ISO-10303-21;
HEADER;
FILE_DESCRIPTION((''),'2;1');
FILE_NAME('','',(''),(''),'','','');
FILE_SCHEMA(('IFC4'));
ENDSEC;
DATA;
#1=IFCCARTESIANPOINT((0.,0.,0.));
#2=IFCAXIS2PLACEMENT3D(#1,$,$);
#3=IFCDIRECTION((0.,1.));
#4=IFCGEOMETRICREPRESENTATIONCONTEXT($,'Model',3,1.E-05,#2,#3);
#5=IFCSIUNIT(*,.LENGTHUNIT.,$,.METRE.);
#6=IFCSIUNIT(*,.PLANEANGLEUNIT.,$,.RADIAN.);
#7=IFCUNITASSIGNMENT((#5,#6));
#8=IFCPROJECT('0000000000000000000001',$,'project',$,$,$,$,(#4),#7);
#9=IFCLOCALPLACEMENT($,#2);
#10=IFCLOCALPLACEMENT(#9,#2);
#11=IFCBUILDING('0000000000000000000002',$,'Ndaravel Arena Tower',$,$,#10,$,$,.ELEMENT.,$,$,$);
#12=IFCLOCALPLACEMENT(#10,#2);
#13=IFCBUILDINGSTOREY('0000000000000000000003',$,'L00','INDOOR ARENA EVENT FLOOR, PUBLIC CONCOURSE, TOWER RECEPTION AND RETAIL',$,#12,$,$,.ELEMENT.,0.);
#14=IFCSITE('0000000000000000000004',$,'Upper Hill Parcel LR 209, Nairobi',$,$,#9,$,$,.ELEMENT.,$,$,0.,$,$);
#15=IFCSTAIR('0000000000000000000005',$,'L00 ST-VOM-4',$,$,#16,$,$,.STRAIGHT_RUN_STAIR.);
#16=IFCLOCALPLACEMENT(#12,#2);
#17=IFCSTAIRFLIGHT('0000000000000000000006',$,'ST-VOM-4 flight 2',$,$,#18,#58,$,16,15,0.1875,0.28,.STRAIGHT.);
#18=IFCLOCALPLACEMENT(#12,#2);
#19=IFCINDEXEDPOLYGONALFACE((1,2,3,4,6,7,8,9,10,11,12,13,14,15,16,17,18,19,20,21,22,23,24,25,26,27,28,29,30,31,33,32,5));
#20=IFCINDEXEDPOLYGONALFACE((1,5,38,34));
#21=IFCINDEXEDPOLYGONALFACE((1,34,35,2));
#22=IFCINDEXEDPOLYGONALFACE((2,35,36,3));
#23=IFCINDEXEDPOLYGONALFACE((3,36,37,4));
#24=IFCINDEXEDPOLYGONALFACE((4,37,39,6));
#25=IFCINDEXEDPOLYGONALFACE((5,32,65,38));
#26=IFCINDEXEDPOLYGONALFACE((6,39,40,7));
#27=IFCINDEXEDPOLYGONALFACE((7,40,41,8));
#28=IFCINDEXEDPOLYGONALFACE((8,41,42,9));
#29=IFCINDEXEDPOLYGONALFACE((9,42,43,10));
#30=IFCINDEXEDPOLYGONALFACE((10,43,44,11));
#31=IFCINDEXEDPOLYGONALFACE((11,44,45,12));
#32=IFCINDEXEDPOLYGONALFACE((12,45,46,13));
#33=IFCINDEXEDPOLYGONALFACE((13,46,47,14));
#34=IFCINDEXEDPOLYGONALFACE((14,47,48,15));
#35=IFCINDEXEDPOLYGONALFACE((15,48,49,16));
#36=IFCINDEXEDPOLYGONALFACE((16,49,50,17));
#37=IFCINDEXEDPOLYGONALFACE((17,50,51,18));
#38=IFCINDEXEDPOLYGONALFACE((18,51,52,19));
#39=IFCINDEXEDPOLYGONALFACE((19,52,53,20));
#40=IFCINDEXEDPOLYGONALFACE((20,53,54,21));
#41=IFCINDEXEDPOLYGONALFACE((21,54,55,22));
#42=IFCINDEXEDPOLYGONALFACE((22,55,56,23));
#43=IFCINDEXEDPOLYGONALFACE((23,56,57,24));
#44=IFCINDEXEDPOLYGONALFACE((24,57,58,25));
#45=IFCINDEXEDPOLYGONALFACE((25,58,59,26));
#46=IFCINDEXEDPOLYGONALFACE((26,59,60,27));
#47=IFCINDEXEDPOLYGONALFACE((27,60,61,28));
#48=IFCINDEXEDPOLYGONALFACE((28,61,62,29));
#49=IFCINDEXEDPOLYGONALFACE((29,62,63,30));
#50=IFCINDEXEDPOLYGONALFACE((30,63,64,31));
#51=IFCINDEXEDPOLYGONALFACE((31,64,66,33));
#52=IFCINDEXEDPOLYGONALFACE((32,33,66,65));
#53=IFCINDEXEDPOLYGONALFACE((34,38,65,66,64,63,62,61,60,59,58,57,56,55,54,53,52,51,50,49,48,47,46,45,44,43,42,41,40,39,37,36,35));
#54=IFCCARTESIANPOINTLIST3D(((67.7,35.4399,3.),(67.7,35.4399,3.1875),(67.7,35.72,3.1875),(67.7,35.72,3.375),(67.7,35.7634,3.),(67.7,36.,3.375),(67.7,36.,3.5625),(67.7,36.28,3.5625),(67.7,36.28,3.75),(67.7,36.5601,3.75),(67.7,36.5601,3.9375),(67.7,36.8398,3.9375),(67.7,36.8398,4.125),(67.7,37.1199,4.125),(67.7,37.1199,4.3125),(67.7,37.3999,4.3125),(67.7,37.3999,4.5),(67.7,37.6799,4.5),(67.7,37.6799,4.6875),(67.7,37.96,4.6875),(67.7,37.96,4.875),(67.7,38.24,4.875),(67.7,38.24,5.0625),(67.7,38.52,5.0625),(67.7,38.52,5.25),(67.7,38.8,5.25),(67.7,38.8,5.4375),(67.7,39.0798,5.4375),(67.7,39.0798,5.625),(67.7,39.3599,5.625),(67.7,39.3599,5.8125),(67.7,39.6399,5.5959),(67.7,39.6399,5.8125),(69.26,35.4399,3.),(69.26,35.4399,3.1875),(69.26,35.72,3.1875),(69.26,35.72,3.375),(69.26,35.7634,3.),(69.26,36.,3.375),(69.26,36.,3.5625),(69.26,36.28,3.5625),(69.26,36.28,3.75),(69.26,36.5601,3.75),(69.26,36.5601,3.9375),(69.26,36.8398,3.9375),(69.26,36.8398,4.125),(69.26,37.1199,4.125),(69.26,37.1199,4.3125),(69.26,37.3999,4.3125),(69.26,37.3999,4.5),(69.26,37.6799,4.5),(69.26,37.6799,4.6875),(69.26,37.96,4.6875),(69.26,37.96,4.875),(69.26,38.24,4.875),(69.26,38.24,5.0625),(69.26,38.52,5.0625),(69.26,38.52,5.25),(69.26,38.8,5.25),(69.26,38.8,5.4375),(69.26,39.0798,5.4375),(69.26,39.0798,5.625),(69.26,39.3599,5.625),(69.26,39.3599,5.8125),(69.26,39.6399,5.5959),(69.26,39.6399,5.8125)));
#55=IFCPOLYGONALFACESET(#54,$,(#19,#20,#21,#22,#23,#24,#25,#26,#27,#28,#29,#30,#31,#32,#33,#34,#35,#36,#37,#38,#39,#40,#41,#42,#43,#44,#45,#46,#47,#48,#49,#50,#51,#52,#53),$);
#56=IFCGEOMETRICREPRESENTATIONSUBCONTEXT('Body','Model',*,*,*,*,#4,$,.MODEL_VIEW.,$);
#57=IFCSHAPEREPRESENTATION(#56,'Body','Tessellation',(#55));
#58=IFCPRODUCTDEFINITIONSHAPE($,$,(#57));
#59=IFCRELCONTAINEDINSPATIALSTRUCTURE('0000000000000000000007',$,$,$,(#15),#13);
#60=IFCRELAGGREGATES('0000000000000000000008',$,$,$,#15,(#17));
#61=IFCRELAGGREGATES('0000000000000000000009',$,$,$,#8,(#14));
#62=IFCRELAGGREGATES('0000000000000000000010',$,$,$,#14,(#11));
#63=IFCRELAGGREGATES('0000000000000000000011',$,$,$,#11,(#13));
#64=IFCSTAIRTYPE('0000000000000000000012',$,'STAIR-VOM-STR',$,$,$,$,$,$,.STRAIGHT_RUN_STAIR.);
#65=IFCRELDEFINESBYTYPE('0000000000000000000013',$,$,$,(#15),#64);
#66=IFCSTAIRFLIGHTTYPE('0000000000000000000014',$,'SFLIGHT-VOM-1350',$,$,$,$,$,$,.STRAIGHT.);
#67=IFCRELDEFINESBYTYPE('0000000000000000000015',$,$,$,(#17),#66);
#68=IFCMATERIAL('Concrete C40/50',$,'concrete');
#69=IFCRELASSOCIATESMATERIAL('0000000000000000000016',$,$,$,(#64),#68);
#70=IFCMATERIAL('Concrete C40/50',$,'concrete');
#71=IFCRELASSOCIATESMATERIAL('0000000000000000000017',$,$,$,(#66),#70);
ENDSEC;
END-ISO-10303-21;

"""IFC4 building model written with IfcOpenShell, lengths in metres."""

from ifc_helpers import new_model, si_unit, direction, frame, origin, place, context, subcontext, project, spatial, polyline, outline, extrude, material, type_object, element, aggregate, save


model = new_model("IFC4")

# Units and contexts
model_context = context("Model", 3, precision=1e-05, world=origin(), true_north=direction((0.0, 1.0)))
body_context = subcontext(model_context, "Body", "Model", "MODEL_VIEW")
ifc_project = project(units=[si_unit("LENGTHUNIT", "METRE"), si_unit("PLANEANGLEUNIT", "RADIAN")], contexts=[model_context])

# Site, building, storey
site_placement = place(None, origin())
site = spatial("IfcSite", under=ifc_project, at=site_placement, Name="Upper Hill Parcel LR 209, Nairobi", CompositionType="ELEMENT", RefElevation=0.0)
building_placement = place(site_placement, origin())
building = spatial("IfcBuilding", under=site, at=building_placement, Name="Ndaravel Arena Tower", CompositionType="ELEMENT")
storey_placement = place(building_placement, origin())
storey = spatial("IfcBuildingStorey", under=building, at=storey_placement, Name="L00", Description="INDOOR ARENA EVENT FLOOR, PUBLIC CONCOURSE, TOWER RECEPTION AND RETAIL", CompositionType="ELEMENT", Elevation=0.0)

# Stair, stair flight
ifc_material_1 = material(Name="Concrete C40/50", Category="concrete")
stair_type_1 = type_object("IfcStairType", Name="STAIR-VOM-STR", PredefinedType="STRAIGHT_RUN_STAIR", material=ifc_material_1)
stair_1_placement = place(storey_placement, origin())
stair_1 = element("IfcStair", 1, at=stair_1_placement, inside=storey, type_object=stair_type_1, Name="L00 ST-VOM-4", PredefinedType="STRAIGHT_RUN_STAIR")
ifc_material_2 = material(Name="Concrete C40/50", Category="concrete")
stair_flight_type_1 = type_object("IfcStairFlightType", Name="SFLIGHT-VOM-1350", PredefinedType="STRAIGHT", material=ifc_material_2)
stair_flight_1_placement = place(storey_placement, frame((68.48, 35.4399, 3.0), z_axis=(0.0, 0.0, 1.0), x_axis=(0.0, 1.0, 0.0)))
stair_flight_1 = element("IfcStairFlight", 2, at=stair_flight_1_placement, type_object=stair_flight_type_1, Name="ST-VOM-4 flight 2", NumberOfRisers=16, NumberOfTreads=15, PredefinedType="STRAIGHT", RiserHeight=0.1875, TreadLength=0.28, context=body_context, shape_type="SweptSolid", body=[
    extrude(outline(polyline([(0.0, 0.0), (0.0, 0.1875), (0.28, 0.1875), (0.28, 0.375), (0.5601, 0.375), (0.5601, 0.5625), (0.8401, 0.5625), (0.8401, 0.75), (1.1201, 0.75), (1.1201, 0.9375), (1.3999, 0.9375), (1.3999, 1.125), (1.6799, 1.125), (1.6799, 1.3125), (1.96, 1.3125), (1.96, 1.5), (2.24, 1.5), (2.24, 1.6875), (2.52, 1.6875), (2.52, 1.875), (2.8, 1.875), (2.8, 2.0625), (3.0801, 2.0625), (3.0801, 2.25), (3.3601, 2.25), (3.3601, 2.4375), (3.6399, 2.4375), (3.6399, 2.625), (3.9199, 2.625), (3.9199, 2.8125), (4.2, 2.8125), (4.2, 3.0), (4.2, 2.5959), (0.3235, 0.0), (0.0, 0.0)])), frame((0.0, 0.78, 0.0), z_axis=(0.0, -1.0, 0.0), x_axis=(1.0, 0.0, 0.0)), (0.0, 0.0, 1.0), 1.5601),
])
aggregate(stair_1, [stair_flight_1])

save(model, "model.ifc")
